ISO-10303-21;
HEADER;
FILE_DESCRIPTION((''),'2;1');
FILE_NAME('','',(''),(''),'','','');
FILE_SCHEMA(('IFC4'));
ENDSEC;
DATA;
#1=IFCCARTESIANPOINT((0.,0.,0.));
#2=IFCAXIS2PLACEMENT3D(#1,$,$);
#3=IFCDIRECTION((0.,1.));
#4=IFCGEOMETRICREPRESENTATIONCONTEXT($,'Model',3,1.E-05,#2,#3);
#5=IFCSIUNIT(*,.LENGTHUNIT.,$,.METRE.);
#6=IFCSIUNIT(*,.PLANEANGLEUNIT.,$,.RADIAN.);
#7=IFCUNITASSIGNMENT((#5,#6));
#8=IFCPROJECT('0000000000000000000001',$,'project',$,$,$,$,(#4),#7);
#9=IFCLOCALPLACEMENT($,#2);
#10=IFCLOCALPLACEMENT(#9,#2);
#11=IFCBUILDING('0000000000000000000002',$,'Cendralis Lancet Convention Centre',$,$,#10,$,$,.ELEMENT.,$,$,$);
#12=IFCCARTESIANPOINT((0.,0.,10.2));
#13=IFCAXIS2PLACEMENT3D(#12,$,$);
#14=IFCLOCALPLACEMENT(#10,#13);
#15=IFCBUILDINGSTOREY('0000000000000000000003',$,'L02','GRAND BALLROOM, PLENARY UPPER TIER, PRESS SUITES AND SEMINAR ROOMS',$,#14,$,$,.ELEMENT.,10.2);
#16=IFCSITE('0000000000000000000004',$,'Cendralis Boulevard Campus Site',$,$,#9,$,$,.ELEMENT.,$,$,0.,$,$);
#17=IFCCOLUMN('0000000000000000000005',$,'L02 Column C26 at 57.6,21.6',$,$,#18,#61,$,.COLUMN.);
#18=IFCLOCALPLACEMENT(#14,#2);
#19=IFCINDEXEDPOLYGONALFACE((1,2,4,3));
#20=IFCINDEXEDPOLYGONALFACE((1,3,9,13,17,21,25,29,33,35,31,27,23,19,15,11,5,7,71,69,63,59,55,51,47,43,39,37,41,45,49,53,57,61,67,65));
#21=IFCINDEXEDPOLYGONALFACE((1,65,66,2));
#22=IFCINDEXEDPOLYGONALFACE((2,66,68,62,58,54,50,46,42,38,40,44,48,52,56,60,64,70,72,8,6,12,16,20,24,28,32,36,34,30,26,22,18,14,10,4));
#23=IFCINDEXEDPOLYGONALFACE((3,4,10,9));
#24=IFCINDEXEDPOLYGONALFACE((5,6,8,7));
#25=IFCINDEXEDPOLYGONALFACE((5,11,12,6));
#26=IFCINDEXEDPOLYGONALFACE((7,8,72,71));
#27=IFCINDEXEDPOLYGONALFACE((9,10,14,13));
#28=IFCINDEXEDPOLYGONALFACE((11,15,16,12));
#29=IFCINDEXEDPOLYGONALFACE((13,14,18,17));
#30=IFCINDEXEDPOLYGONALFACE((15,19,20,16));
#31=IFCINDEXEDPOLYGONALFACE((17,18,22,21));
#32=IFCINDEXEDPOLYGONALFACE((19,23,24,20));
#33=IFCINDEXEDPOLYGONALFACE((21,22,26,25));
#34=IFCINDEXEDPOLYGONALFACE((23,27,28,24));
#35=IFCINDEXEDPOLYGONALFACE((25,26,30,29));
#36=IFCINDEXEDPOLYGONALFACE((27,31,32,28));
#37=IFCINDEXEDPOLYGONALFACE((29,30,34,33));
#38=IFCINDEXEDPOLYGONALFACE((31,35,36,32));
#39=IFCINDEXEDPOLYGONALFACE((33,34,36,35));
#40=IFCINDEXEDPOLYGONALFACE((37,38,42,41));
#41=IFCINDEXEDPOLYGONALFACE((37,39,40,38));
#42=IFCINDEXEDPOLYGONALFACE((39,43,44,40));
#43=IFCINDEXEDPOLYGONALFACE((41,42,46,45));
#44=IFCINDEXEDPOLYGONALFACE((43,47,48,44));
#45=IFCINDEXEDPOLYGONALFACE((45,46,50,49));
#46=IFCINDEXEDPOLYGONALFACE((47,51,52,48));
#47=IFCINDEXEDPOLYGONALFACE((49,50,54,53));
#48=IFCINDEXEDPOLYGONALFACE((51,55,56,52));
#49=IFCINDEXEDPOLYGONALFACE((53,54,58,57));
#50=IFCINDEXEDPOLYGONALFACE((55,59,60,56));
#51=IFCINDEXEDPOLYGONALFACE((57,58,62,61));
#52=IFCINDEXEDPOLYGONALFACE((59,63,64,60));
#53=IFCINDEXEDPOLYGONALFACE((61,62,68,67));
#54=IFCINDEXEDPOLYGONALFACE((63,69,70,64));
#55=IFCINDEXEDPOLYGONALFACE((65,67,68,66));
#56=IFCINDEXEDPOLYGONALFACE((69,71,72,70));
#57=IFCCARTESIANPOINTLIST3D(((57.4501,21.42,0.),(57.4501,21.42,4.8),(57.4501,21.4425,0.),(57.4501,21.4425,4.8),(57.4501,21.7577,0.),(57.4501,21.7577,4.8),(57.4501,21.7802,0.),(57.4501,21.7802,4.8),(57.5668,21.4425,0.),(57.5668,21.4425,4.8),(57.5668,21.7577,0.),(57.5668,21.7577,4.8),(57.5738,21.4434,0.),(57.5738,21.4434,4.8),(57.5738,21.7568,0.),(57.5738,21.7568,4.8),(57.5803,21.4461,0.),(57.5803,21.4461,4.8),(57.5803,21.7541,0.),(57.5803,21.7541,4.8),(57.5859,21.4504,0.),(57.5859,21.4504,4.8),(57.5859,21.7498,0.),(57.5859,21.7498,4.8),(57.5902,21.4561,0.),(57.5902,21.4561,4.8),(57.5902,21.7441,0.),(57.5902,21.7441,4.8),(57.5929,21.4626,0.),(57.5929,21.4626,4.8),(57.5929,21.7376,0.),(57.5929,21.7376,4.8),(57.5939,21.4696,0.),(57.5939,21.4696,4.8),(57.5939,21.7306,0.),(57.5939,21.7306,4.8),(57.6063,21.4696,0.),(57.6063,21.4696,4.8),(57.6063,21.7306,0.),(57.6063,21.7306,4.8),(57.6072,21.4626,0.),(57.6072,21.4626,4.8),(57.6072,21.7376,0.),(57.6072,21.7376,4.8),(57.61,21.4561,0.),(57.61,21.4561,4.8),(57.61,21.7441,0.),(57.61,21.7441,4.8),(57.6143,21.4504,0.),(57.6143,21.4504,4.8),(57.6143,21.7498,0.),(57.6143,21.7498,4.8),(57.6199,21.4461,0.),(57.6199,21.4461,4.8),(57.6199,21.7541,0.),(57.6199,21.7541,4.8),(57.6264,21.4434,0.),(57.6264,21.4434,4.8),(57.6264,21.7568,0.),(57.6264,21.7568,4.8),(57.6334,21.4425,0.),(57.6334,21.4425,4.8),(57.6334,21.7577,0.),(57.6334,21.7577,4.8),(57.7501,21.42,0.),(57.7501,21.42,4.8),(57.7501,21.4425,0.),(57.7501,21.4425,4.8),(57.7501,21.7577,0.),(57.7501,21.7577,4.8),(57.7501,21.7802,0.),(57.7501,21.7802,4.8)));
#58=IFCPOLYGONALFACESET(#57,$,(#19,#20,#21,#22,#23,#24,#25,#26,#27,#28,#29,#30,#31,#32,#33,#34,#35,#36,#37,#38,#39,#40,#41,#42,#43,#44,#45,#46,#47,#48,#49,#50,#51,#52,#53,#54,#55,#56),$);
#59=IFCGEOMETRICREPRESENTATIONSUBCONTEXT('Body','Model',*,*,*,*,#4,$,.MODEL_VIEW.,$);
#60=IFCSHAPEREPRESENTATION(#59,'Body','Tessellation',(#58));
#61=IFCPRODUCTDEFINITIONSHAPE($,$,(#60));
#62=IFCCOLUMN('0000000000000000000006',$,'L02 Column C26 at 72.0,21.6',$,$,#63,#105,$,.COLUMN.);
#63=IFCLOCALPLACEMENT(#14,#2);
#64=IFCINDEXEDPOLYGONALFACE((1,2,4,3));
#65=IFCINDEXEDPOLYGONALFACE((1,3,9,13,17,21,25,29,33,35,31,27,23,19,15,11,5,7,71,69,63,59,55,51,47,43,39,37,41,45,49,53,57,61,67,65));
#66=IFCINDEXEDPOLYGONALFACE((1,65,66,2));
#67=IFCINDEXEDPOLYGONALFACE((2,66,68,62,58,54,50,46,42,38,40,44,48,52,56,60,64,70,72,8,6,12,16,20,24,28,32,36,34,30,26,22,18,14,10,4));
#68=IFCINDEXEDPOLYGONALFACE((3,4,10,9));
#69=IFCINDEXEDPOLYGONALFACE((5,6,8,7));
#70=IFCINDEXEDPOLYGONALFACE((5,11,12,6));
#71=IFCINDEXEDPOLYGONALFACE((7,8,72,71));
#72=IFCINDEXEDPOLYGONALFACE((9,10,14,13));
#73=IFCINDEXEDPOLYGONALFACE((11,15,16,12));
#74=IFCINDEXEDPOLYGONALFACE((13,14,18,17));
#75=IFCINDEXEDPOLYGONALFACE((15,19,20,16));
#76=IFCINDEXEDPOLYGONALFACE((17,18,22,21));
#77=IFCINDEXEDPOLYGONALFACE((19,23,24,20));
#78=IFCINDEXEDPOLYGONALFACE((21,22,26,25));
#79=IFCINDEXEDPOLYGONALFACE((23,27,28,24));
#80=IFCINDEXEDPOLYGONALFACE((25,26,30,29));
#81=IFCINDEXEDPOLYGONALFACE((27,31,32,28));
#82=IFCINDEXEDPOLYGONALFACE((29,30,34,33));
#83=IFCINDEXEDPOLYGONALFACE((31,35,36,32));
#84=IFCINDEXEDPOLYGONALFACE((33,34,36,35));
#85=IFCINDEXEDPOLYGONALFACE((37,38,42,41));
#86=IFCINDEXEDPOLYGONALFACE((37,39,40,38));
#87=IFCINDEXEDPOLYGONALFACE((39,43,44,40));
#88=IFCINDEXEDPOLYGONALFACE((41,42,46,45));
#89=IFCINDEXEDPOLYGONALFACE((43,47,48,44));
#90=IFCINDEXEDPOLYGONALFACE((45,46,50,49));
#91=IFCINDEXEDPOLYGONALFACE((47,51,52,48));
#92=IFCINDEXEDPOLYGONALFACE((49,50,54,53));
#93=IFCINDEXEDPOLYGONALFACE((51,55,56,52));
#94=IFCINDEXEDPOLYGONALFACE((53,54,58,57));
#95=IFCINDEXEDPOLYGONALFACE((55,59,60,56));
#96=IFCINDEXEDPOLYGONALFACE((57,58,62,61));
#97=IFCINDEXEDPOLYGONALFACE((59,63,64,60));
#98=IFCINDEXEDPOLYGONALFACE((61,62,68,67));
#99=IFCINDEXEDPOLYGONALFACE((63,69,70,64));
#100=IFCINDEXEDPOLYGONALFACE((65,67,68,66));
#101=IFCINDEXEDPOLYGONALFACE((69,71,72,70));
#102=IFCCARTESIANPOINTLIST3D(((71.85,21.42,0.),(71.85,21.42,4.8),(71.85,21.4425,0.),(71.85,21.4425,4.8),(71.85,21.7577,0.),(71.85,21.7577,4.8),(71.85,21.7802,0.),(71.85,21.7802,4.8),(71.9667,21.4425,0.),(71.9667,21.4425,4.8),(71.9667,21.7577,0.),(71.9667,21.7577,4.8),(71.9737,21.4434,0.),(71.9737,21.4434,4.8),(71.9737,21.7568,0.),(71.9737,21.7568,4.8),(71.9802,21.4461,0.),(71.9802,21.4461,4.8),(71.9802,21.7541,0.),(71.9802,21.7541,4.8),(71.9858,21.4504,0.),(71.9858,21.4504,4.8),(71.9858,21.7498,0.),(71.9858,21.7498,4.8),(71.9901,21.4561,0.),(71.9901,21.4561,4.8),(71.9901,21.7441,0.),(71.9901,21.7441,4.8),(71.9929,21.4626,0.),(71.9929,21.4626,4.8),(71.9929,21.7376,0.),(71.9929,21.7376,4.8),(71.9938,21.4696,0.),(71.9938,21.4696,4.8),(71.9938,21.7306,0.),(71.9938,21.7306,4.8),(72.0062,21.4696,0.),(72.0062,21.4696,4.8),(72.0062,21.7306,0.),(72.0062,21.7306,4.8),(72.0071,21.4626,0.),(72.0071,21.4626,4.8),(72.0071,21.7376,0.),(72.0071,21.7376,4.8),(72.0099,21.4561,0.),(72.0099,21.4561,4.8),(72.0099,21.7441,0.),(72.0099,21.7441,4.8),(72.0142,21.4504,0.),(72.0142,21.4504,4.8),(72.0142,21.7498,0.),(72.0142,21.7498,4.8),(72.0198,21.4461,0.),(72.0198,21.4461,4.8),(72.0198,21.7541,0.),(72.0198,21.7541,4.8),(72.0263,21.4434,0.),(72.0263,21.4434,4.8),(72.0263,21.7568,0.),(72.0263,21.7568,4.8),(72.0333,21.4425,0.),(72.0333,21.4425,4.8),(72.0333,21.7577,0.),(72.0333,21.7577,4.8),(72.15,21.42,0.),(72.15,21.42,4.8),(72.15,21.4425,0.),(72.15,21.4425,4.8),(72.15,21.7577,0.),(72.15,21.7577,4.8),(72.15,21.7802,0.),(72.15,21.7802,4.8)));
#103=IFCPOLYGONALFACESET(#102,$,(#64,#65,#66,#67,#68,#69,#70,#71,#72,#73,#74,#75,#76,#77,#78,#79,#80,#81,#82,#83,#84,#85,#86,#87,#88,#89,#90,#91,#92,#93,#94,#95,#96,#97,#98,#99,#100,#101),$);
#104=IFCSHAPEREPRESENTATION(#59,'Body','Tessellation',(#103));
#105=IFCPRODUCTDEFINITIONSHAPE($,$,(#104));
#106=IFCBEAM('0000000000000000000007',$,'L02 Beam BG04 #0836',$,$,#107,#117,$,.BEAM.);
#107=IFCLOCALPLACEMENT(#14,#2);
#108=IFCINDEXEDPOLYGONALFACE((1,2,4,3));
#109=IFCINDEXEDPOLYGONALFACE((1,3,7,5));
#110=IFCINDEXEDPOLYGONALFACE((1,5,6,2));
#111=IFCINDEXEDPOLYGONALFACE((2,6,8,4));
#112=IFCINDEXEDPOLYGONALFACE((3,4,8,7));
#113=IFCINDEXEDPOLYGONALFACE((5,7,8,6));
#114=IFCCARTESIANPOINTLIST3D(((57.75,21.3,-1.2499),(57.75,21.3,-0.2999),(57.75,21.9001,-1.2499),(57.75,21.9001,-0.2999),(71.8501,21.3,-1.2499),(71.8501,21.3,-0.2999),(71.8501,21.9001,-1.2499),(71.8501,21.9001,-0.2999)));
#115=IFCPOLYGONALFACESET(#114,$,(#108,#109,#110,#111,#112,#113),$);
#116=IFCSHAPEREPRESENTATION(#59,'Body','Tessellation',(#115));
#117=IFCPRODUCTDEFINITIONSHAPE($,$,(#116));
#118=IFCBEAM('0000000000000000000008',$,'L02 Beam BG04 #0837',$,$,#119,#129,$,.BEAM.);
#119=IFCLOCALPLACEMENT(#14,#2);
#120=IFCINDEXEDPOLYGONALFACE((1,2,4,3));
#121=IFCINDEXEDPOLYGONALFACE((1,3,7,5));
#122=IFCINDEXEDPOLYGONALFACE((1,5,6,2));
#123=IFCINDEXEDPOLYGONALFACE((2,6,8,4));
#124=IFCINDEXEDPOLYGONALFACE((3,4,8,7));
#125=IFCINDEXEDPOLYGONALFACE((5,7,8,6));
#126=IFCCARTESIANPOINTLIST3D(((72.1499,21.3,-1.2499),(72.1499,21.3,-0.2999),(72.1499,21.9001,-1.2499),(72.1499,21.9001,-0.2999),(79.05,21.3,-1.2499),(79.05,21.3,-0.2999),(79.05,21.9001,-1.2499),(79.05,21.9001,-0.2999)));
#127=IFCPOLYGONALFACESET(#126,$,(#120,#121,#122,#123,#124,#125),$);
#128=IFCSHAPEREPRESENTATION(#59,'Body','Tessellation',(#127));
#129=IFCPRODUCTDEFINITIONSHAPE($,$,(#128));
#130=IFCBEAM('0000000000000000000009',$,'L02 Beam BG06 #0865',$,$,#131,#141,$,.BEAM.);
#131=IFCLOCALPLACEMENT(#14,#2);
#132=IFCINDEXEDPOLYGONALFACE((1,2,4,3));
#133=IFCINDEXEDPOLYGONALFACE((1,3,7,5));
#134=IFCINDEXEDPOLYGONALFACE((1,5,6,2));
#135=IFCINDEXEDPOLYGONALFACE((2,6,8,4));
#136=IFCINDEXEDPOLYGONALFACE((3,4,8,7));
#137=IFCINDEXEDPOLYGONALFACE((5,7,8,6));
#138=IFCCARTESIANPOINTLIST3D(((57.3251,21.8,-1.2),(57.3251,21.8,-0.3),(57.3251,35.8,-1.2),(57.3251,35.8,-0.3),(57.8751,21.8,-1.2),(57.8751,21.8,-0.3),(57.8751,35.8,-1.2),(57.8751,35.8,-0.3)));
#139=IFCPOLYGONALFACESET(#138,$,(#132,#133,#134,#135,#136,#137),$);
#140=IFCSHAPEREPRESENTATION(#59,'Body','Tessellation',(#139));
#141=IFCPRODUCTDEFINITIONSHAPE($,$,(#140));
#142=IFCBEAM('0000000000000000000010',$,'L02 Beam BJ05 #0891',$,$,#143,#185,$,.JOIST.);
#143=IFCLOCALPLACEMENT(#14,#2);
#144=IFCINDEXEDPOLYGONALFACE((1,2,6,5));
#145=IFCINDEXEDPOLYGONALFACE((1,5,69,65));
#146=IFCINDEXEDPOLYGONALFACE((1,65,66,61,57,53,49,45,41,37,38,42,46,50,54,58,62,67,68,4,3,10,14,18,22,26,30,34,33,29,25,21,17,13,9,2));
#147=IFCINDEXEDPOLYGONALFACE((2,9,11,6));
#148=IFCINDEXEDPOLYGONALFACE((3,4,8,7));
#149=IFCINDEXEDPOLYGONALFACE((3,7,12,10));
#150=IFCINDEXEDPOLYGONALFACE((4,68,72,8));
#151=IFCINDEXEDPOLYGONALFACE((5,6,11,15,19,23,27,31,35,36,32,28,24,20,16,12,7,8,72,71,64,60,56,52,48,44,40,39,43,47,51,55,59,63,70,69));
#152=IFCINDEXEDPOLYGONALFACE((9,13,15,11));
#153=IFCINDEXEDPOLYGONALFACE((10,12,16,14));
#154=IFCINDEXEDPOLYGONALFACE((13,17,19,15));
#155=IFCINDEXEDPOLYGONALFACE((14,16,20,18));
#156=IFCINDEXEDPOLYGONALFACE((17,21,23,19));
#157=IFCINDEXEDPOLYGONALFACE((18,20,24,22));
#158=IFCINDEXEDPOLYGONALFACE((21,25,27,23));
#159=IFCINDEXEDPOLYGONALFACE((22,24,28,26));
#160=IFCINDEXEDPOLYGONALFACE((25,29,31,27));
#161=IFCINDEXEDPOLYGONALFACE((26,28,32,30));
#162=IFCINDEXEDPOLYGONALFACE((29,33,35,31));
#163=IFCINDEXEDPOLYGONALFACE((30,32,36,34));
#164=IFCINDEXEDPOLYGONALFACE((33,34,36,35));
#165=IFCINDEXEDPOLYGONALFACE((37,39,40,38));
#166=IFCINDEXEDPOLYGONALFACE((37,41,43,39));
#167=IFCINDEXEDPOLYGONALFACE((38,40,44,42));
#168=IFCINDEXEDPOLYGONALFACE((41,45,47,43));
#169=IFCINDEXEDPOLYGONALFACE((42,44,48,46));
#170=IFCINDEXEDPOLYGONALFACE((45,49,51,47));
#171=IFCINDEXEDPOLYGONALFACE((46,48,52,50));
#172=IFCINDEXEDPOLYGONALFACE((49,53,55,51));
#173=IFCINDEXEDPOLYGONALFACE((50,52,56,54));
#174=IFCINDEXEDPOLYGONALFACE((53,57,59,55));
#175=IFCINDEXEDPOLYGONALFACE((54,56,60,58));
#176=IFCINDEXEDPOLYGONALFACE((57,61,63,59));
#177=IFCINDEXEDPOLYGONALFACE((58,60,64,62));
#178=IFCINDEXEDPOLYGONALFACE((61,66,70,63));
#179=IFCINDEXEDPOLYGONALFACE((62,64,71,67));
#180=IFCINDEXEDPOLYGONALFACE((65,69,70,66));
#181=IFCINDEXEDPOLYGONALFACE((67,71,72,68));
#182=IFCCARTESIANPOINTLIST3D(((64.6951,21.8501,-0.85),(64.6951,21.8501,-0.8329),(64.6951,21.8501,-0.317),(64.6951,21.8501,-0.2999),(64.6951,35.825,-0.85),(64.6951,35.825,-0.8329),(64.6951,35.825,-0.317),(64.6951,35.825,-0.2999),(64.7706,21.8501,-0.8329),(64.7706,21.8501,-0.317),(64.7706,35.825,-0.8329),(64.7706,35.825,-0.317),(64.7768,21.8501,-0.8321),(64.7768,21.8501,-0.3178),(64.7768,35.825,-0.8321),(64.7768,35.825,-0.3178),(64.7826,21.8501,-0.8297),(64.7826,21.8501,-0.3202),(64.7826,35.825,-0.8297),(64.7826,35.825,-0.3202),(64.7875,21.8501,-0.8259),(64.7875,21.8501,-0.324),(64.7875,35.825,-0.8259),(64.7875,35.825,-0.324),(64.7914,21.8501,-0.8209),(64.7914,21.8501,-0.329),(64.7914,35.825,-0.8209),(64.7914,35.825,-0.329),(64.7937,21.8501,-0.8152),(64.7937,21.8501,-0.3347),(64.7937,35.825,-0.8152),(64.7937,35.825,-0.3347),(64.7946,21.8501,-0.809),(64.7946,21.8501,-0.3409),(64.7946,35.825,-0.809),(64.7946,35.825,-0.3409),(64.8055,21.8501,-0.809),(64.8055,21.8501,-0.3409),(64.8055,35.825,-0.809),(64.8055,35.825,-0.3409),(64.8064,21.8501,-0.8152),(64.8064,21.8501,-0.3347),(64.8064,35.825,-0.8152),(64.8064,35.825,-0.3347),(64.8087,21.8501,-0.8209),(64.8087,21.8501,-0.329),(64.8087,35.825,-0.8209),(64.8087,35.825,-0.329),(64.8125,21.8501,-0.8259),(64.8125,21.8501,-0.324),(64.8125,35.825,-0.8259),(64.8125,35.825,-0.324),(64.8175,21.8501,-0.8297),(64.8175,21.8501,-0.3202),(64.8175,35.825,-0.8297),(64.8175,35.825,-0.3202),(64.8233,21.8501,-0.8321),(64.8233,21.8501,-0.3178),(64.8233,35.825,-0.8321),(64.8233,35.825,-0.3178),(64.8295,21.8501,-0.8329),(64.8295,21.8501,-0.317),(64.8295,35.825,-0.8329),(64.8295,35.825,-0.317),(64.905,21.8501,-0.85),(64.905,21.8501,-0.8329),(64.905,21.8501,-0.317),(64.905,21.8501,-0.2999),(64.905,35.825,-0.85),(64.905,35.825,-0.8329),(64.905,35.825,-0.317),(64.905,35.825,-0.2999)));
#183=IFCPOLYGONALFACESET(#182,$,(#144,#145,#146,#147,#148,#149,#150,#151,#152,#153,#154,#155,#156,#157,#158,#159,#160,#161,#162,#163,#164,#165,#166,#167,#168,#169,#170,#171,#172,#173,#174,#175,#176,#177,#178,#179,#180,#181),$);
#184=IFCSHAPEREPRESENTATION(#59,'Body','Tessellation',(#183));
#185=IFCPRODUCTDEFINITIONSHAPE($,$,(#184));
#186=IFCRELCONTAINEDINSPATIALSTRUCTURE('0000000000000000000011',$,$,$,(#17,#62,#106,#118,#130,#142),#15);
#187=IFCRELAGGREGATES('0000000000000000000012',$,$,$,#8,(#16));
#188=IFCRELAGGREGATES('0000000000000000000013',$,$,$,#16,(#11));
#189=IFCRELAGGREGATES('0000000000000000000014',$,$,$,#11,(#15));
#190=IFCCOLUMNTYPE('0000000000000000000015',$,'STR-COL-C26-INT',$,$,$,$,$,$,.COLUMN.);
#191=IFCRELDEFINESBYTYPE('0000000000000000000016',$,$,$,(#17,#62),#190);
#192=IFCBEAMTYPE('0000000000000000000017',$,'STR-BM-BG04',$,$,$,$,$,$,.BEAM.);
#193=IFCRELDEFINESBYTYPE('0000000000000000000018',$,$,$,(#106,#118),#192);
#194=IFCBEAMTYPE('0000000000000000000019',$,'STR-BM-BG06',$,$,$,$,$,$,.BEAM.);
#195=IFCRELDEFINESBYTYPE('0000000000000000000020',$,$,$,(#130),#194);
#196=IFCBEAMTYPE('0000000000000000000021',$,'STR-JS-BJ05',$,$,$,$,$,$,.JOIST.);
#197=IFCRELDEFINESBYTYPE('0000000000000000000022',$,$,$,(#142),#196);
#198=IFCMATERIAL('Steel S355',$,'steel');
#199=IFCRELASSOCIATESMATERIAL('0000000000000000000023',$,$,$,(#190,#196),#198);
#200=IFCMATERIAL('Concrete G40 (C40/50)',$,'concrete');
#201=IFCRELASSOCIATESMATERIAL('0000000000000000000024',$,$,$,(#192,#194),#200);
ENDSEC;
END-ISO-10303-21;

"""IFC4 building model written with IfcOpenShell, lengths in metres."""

from ifc_helpers import new_model, si_unit, direction, frame, origin, origin_2d, place, context, subcontext, project, spatial, rectangle, i_section, extrude, material, material_profile, profile_set, type_object, element, save


model = new_model("IFC4")

# Units and contexts
model_context = context("Model", 3, precision=1e-05, world=origin(), true_north=direction((0.0, 1.0)))
body_context = subcontext(model_context, "Body", "Model", "MODEL_VIEW")
ifc_project = project(units=[si_unit("LENGTHUNIT", "METRE"), si_unit("PLANEANGLEUNIT", "RADIAN")], contexts=[model_context])

# Site, building, storey
site_placement = place(None, origin())
site = spatial("IfcSite", under=ifc_project, at=site_placement, Name="Cendralis Boulevard Campus Site", CompositionType="ELEMENT", RefElevation=0.0)
building_placement = place(site_placement, origin())
building = spatial("IfcBuilding", under=site, at=building_placement, Name="Cendralis Lancet Convention Centre", CompositionType="ELEMENT")
storey_placement = place(building_placement, frame((0.0, 0.0, 10.2)))
storey = spatial("IfcBuildingStorey", under=building, at=storey_placement, Name="L02", Description="GRAND BALLROOM, PLENARY UPPER TIER, PRESS SUITES AND SEMINAR ROOMS", CompositionType="ELEMENT", Elevation=10.2)

# Columns
ifc_material_1 = material(Name="Steel S355", Category="steel")
ifc_material_profile_1 = material_profile(ifc_material_1, i_section(OverallWidth=0.3, OverallDepth=0.3601, WebThickness=0.0125, FlangeThickness=0.0225, FilletRadius=0.0271, at=origin_2d()), Name="HEB 360")
ifc_profile_set_1 = profile_set([ifc_material_profile_1], Name="Steel S355")
column_type = type_object("IfcColumnType", Name="STR-COL-C26-INT", PredefinedType="COLUMN", material=ifc_profile_set_1)
for number, where, z_axis, x_axis, name in (
    (1, (57.6001, 21.6001, 0.0), (0.0, 0.0, 1.0), (1.0, 0.0, 0.0), "L02 Column C26 at 57.6,21.6"),
    (2, (72.0, 21.6001, 0.0), (0.0, 0.0, 1.0), (1.0, 0.0, 0.0), "L02 Column C26 at 72.0,21.6"),
):
    element("IfcColumn", number, at=place(storey_placement, frame(where, z_axis=z_axis, x_axis=x_axis)), inside=storey, type_object=column_type, Name=name, PredefinedType="COLUMN", context=body_context, shape_type="SweptSolid", body=[
        extrude(i_section(OverallWidth=0.3, OverallDepth=0.3601, WebThickness=0.0125, FlangeThickness=0.0225, FilletRadius=0.0271, at=origin_2d()), origin(), (0.0, 0.0, 1.0), 4.8),
    ])

# Beams
ifc_material_2 = material(Name="Concrete G40 (C40/50)", Category="concrete")
ifc_material_profile_2 = material_profile(ifc_material_2, rectangle(XDim=0.6001, YDim=0.95, at=origin_2d()), Name="RCB 600x950")
ifc_profile_set_2 = profile_set([ifc_material_profile_2], Name="Concrete G40 (C40/50)")
beam_type_1 = type_object("IfcBeamType", Name="STR-BM-BG04", PredefinedType="BEAM", material=ifc_profile_set_2)
beam_1_placement = place(storey_placement, frame((57.75, 21.6001, -0.7749), z_axis=(1.0, 0.0, 0.0), x_axis=(0.0, 1.0, 0.0)))
element("IfcBeam", 3, at=beam_1_placement, inside=storey, type_object=beam_type_1, Name="L02 Beam BG04 #0836", PredefinedType="BEAM", context=body_context, shape_type="SweptSolid", body=[
    extrude(rectangle(XDim=0.6001, YDim=0.95, at=origin_2d()), origin(), (0.0, 0.0, 1.0), 14.1001),
])
beam_2_placement = place(storey_placement, frame((72.1499, 21.6001, -0.7749), z_axis=(1.0, 0.0, 0.0), x_axis=(0.0, 1.0, 0.0)))
element("IfcBeam", 4, at=beam_2_placement, inside=storey, type_object=beam_type_1, Name="L02 Beam BG04 #0837", PredefinedType="BEAM", context=body_context, shape_type="SweptSolid", body=[
    extrude(rectangle(XDim=0.6001, YDim=0.95, at=origin_2d()), origin(), (0.0, 0.0, 1.0), 6.9001),
])
ifc_material_profile_3 = material_profile(ifc_material_2, rectangle(XDim=0.55, YDim=0.8999, at=origin_2d()), Name="RCB 550x900")
ifc_profile_set_3 = profile_set([ifc_material_profile_3], Name="Concrete G40 (C40/50)")
beam_type_2 = type_object("IfcBeamType", Name="STR-BM-BG06", PredefinedType="BEAM", material=ifc_profile_set_3)
beam_3_placement = place(storey_placement, frame((57.6001, 21.8, -0.75), z_axis=(0.0, 1.0, 0.0), x_axis=(-1.0, 0.0, 0.0)))
element("IfcBeam", 5, at=beam_3_placement, inside=storey, type_object=beam_type_2, Name="L02 Beam BG06 #0865", PredefinedType="BEAM", context=body_context, shape_type="SweptSolid", body=[
    extrude(rectangle(XDim=0.55, YDim=0.8999, at=origin_2d()), origin(), (0.0, 0.0, 1.0), 14.0),
])
ifc_material_profile_4 = material_profile(ifc_material_1, i_section(OverallWidth=0.21, OverallDepth=0.55, WebThickness=0.011, FlangeThickness=0.0171, FilletRadius=0.0239, at=origin_2d()), Name="IPE 550")
ifc_profile_set_4 = profile_set([ifc_material_profile_4], Name="Steel S355")
beam_type_3 = type_object("IfcBeamType", Name="STR-JS-BJ05", PredefinedType="JOIST", material=ifc_profile_set_4)
beam_4_placement = place(storey_placement, frame((64.8, 21.8501, -0.575), z_axis=(0.0, 1.0, 0.0), x_axis=(-1.0, 0.0, 0.0)))
element("IfcBeam", 6, at=beam_4_placement, inside=storey, type_object=beam_type_3, Name="L02 Beam BJ05 #0891", PredefinedType="JOIST", context=body_context, shape_type="SweptSolid", body=[
    extrude(i_section(OverallWidth=0.21, OverallDepth=0.55, WebThickness=0.011, FlangeThickness=0.0171, FilletRadius=0.0239, at=origin_2d()), origin(), (0.0, 0.0, 1.0), 13.9749),
])

save(model, "model.ifc")
